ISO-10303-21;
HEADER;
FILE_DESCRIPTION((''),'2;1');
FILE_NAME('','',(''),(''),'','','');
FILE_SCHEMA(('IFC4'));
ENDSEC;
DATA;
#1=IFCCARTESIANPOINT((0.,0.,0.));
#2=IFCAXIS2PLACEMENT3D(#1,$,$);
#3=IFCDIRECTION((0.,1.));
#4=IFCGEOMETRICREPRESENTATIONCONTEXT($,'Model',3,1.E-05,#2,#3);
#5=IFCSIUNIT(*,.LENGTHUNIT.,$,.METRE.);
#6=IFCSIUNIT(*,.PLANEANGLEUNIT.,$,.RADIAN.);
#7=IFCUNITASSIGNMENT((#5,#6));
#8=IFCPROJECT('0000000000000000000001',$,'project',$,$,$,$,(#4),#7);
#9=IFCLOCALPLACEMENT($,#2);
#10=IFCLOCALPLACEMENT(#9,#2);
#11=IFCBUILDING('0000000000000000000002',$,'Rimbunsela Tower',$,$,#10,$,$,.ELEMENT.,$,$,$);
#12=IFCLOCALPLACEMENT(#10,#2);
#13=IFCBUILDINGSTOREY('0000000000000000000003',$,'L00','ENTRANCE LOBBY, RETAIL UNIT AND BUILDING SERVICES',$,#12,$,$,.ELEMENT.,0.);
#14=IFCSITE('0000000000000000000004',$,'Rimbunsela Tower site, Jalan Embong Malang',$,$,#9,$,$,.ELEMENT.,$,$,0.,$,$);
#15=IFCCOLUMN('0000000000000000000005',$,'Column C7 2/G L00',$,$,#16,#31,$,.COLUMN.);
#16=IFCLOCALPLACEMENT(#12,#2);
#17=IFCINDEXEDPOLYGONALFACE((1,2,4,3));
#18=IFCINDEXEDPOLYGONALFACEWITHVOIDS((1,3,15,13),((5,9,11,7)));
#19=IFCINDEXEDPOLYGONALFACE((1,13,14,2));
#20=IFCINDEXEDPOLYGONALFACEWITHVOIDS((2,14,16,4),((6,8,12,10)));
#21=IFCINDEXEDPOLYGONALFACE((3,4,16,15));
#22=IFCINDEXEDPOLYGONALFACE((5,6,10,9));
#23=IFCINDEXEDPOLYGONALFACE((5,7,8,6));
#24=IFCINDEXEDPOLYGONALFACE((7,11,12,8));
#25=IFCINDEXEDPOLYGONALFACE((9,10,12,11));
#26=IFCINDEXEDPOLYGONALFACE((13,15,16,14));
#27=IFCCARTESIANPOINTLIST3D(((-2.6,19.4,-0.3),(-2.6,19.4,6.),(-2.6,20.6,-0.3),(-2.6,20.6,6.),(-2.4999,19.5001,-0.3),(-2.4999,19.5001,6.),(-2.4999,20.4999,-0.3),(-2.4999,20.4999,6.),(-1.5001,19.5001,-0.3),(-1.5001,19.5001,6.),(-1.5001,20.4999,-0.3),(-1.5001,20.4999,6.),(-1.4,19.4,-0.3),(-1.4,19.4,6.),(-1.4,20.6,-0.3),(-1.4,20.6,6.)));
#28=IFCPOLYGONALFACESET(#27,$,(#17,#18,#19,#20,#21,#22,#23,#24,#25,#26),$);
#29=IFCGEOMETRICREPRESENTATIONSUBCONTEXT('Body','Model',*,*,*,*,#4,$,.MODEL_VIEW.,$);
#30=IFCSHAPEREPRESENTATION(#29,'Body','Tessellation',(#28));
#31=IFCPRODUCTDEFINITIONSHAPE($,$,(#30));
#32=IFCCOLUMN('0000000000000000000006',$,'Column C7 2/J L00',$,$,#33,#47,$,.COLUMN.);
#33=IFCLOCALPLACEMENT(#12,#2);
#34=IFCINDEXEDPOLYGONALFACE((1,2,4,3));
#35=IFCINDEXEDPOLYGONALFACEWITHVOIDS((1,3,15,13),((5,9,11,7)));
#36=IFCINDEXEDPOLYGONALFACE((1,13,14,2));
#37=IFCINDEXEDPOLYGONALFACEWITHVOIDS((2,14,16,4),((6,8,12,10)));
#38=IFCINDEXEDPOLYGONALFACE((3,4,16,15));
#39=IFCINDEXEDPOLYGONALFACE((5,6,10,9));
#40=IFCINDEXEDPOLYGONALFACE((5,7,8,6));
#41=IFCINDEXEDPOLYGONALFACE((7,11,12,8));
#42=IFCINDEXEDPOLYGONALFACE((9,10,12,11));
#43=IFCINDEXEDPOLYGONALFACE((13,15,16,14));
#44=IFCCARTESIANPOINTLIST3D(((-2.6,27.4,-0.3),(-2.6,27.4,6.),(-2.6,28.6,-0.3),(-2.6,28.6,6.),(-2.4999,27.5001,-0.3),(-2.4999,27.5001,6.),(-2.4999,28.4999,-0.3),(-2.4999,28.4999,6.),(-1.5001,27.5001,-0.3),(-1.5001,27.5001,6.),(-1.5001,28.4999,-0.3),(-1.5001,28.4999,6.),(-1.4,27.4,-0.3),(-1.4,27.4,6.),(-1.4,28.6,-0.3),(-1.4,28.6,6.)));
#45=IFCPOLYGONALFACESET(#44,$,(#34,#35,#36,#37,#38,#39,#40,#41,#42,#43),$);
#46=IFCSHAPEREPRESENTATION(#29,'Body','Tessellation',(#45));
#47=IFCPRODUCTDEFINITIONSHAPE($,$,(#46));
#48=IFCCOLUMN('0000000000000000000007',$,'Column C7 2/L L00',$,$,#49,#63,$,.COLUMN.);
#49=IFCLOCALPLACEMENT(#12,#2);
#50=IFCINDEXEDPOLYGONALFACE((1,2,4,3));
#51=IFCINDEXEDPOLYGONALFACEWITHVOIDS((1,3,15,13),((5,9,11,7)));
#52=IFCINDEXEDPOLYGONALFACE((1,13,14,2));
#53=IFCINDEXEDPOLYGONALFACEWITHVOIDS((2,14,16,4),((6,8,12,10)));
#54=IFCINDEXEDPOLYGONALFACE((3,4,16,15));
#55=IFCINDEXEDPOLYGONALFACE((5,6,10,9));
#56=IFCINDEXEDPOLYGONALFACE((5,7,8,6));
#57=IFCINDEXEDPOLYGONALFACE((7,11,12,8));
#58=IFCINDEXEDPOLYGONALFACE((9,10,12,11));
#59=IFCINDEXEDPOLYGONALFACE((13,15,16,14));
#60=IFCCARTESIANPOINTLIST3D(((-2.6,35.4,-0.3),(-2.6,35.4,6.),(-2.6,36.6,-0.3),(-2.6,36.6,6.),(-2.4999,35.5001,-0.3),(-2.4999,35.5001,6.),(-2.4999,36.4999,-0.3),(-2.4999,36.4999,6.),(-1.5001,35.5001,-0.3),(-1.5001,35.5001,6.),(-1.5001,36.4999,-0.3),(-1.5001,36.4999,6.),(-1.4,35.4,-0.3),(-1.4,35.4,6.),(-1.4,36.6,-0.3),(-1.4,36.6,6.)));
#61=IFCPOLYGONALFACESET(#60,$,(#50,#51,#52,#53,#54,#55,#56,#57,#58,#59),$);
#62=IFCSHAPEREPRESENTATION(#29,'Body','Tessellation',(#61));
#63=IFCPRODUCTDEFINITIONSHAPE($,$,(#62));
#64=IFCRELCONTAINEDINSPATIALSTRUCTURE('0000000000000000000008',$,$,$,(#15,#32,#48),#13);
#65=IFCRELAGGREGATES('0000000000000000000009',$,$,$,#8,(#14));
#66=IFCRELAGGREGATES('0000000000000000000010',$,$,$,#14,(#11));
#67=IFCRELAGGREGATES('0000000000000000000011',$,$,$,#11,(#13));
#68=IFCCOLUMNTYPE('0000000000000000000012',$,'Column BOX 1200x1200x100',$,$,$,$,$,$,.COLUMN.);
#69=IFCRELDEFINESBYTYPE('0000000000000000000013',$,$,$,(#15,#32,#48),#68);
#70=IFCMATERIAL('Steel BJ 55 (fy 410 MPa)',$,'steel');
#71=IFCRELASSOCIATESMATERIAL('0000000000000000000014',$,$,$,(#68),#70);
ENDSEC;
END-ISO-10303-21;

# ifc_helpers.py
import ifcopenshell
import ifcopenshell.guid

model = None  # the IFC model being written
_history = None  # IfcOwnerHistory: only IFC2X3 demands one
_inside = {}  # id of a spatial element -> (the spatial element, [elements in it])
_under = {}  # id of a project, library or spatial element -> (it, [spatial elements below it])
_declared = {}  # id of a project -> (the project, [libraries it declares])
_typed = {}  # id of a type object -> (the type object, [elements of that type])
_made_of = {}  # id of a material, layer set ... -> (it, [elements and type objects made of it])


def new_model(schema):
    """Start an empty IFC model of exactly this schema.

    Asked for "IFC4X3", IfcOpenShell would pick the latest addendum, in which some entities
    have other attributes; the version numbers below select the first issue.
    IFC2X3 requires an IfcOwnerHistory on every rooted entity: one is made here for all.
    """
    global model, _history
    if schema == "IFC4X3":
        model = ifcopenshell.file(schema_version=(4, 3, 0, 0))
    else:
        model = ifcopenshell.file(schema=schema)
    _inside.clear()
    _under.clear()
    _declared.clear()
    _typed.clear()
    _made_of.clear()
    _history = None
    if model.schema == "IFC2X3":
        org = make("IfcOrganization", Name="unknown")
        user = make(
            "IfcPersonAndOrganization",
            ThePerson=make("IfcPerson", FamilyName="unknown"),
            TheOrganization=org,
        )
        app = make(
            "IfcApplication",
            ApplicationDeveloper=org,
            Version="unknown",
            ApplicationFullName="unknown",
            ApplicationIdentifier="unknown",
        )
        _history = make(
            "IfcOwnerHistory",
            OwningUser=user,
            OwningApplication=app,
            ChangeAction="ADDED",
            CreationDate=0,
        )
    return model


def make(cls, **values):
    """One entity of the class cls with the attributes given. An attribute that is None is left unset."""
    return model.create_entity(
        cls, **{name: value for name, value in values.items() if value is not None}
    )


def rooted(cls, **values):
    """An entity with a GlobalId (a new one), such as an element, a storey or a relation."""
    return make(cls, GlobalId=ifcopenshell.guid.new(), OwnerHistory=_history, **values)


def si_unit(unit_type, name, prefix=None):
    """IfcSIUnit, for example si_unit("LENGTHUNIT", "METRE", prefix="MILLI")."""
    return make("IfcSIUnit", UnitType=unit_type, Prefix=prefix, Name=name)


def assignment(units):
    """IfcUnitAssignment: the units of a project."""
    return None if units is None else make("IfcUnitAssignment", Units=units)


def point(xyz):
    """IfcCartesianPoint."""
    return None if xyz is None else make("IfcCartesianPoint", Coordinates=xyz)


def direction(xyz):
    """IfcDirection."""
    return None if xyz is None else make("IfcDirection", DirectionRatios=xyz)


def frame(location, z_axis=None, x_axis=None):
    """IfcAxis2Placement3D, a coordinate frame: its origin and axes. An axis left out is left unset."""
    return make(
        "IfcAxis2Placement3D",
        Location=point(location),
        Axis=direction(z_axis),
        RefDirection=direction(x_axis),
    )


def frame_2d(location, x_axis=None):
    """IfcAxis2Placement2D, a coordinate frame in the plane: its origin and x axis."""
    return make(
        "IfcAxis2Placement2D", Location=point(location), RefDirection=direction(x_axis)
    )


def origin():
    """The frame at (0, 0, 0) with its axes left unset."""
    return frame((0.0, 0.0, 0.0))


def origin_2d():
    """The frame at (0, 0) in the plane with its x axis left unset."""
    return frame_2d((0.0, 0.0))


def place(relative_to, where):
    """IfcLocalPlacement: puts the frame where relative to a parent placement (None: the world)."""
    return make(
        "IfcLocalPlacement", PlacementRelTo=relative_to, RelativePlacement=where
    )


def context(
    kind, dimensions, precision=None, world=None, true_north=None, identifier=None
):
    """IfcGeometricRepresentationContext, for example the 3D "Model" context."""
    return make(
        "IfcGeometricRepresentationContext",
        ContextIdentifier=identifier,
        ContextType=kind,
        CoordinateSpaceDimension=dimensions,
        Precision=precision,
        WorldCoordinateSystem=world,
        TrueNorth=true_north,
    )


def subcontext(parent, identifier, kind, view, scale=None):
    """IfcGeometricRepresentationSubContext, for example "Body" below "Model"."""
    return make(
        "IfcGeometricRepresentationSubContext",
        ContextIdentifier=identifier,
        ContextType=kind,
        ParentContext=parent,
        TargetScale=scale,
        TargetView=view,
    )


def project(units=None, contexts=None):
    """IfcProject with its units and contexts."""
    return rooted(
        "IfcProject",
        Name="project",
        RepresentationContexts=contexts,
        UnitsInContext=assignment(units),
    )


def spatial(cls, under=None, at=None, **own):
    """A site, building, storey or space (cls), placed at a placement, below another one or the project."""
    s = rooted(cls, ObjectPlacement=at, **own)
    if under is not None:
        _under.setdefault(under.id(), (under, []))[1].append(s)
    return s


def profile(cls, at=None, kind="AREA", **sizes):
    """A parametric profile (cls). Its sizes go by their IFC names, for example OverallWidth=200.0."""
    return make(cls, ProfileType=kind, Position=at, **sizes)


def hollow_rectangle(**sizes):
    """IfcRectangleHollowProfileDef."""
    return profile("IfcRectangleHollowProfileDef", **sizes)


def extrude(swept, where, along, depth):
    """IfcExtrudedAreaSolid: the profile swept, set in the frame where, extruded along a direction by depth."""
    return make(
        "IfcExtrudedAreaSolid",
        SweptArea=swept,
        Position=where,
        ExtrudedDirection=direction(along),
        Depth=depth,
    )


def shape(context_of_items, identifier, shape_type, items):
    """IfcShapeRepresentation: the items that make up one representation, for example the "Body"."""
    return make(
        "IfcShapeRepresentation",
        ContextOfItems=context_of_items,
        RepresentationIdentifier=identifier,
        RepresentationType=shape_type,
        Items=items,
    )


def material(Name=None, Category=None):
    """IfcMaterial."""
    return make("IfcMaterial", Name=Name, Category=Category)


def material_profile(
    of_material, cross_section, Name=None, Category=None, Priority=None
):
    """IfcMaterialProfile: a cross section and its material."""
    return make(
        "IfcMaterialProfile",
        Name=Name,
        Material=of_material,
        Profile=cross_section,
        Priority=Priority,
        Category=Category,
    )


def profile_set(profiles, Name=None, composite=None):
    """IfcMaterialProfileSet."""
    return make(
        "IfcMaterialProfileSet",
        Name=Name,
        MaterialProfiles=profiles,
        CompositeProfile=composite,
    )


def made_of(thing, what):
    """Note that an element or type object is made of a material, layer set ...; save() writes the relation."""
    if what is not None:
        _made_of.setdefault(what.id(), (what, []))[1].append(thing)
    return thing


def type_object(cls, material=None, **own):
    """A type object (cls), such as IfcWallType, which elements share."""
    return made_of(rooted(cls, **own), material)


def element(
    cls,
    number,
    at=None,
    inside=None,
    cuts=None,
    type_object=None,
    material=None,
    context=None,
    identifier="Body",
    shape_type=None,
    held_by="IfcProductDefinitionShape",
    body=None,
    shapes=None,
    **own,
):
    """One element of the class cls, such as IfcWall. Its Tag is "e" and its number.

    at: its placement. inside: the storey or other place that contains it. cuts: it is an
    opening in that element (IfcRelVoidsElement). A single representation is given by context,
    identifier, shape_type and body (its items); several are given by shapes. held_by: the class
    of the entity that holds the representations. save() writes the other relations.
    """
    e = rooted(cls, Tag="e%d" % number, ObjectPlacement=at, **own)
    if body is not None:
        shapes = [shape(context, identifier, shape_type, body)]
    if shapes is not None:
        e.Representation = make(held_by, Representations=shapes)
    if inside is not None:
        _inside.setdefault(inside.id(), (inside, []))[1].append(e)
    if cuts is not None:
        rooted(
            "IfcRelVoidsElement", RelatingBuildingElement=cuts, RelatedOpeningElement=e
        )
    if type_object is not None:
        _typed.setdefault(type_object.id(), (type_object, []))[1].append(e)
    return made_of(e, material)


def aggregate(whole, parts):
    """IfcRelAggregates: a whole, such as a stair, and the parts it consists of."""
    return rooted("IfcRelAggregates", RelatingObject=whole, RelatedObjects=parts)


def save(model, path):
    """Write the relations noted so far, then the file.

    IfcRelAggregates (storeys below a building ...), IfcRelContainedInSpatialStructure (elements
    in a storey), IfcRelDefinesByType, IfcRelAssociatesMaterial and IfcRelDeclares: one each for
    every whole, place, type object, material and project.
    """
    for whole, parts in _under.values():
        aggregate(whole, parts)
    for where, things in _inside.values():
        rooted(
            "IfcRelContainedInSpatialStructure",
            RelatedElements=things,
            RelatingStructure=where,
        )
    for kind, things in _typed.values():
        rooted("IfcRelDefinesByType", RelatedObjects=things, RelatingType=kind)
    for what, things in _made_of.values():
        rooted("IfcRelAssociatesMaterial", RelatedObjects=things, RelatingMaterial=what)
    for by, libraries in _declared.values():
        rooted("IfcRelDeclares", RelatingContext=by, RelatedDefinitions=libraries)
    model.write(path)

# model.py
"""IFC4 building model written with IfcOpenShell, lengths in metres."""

from ifc_helpers import new_model, si_unit, direction, frame, origin, origin_2d, place, context, subcontext, project, spatial, hollow_rectangle, extrude, material, material_profile, profile_set, type_object, element, save


model = new_model("IFC4")

# Units and contexts
model_context = context("Model", 3, precision=1e-05, world=origin(), true_north=direction((0.0, 1.0)))
body_context = subcontext(model_context, "Body", "Model", "MODEL_VIEW")
ifc_project = project(units=[si_unit("LENGTHUNIT", "METRE"), si_unit("PLANEANGLEUNIT", "RADIAN")], contexts=[model_context])

# Site, building, storey
site_placement = place(None, origin())
site = spatial("IfcSite", under=ifc_project, at=site_placement, Name="Rimbunsela Tower site, Jalan Embong Malang", CompositionType="ELEMENT", RefElevation=0.0)
building_placement = place(site_placement, origin())
building = spatial("IfcBuilding", under=site, at=building_placement, Name="Rimbunsela Tower", CompositionType="ELEMENT")
storey_placement = place(building_placement, origin())
storey = spatial("IfcBuildingStorey", under=building, at=storey_placement, Name="L00", Description="ENTRANCE LOBBY, RETAIL UNIT AND BUILDING SERVICES", CompositionType="ELEMENT", Elevation=0.0)

# Columns
ifc_material_1 = material(Name="Steel BJ 55 (fy 410 MPa)", Category="steel")
ifc_material_profile_1 = material_profile(ifc_material_1, hollow_rectangle(XDim=1.2, YDim=1.2, WallThickness=0.1001, at=origin_2d()), Name="BOX 1200x1200x100")
ifc_profile_set_1 = profile_set([ifc_material_profile_1], Name="Steel BJ 55 (fy 410 MPa)")
column_type = type_object("IfcColumnType", Name="Column BOX 1200x1200x100", PredefinedType="COLUMN", material=ifc_profile_set_1)
for number, where, z_axis, x_axis, name in (
    (1, (-2.0, 20.0, -0.3), (0.0, 0.0, 1.0), (1.0, 0.0, 0.0), "Column C7 2/G L00"),
    (2, (-2.0, 28.0, -0.3), (0.0, 0.0, 1.0), (1.0, 0.0, 0.0), "Column C7 2/J L00"),
    (3, (-2.0, 36.0, -0.3), (0.0, 0.0, 1.0), (1.0, 0.0, 0.0), "Column C7 2/L L00"),
):
    element("IfcColumn", number, at=place(storey_placement, frame(where, z_axis=z_axis, x_axis=x_axis)), inside=storey, type_object=column_type, Name=name, PredefinedType="COLUMN", context=body_context, shape_type="SweptSolid", body=[
        extrude(hollow_rectangle(XDim=1.2, YDim=1.2, WallThickness=0.1001, at=origin_2d()), origin(), (0.0, 0.0, 1.0), 6.3),
    ])

save(model, "model.ifc")
